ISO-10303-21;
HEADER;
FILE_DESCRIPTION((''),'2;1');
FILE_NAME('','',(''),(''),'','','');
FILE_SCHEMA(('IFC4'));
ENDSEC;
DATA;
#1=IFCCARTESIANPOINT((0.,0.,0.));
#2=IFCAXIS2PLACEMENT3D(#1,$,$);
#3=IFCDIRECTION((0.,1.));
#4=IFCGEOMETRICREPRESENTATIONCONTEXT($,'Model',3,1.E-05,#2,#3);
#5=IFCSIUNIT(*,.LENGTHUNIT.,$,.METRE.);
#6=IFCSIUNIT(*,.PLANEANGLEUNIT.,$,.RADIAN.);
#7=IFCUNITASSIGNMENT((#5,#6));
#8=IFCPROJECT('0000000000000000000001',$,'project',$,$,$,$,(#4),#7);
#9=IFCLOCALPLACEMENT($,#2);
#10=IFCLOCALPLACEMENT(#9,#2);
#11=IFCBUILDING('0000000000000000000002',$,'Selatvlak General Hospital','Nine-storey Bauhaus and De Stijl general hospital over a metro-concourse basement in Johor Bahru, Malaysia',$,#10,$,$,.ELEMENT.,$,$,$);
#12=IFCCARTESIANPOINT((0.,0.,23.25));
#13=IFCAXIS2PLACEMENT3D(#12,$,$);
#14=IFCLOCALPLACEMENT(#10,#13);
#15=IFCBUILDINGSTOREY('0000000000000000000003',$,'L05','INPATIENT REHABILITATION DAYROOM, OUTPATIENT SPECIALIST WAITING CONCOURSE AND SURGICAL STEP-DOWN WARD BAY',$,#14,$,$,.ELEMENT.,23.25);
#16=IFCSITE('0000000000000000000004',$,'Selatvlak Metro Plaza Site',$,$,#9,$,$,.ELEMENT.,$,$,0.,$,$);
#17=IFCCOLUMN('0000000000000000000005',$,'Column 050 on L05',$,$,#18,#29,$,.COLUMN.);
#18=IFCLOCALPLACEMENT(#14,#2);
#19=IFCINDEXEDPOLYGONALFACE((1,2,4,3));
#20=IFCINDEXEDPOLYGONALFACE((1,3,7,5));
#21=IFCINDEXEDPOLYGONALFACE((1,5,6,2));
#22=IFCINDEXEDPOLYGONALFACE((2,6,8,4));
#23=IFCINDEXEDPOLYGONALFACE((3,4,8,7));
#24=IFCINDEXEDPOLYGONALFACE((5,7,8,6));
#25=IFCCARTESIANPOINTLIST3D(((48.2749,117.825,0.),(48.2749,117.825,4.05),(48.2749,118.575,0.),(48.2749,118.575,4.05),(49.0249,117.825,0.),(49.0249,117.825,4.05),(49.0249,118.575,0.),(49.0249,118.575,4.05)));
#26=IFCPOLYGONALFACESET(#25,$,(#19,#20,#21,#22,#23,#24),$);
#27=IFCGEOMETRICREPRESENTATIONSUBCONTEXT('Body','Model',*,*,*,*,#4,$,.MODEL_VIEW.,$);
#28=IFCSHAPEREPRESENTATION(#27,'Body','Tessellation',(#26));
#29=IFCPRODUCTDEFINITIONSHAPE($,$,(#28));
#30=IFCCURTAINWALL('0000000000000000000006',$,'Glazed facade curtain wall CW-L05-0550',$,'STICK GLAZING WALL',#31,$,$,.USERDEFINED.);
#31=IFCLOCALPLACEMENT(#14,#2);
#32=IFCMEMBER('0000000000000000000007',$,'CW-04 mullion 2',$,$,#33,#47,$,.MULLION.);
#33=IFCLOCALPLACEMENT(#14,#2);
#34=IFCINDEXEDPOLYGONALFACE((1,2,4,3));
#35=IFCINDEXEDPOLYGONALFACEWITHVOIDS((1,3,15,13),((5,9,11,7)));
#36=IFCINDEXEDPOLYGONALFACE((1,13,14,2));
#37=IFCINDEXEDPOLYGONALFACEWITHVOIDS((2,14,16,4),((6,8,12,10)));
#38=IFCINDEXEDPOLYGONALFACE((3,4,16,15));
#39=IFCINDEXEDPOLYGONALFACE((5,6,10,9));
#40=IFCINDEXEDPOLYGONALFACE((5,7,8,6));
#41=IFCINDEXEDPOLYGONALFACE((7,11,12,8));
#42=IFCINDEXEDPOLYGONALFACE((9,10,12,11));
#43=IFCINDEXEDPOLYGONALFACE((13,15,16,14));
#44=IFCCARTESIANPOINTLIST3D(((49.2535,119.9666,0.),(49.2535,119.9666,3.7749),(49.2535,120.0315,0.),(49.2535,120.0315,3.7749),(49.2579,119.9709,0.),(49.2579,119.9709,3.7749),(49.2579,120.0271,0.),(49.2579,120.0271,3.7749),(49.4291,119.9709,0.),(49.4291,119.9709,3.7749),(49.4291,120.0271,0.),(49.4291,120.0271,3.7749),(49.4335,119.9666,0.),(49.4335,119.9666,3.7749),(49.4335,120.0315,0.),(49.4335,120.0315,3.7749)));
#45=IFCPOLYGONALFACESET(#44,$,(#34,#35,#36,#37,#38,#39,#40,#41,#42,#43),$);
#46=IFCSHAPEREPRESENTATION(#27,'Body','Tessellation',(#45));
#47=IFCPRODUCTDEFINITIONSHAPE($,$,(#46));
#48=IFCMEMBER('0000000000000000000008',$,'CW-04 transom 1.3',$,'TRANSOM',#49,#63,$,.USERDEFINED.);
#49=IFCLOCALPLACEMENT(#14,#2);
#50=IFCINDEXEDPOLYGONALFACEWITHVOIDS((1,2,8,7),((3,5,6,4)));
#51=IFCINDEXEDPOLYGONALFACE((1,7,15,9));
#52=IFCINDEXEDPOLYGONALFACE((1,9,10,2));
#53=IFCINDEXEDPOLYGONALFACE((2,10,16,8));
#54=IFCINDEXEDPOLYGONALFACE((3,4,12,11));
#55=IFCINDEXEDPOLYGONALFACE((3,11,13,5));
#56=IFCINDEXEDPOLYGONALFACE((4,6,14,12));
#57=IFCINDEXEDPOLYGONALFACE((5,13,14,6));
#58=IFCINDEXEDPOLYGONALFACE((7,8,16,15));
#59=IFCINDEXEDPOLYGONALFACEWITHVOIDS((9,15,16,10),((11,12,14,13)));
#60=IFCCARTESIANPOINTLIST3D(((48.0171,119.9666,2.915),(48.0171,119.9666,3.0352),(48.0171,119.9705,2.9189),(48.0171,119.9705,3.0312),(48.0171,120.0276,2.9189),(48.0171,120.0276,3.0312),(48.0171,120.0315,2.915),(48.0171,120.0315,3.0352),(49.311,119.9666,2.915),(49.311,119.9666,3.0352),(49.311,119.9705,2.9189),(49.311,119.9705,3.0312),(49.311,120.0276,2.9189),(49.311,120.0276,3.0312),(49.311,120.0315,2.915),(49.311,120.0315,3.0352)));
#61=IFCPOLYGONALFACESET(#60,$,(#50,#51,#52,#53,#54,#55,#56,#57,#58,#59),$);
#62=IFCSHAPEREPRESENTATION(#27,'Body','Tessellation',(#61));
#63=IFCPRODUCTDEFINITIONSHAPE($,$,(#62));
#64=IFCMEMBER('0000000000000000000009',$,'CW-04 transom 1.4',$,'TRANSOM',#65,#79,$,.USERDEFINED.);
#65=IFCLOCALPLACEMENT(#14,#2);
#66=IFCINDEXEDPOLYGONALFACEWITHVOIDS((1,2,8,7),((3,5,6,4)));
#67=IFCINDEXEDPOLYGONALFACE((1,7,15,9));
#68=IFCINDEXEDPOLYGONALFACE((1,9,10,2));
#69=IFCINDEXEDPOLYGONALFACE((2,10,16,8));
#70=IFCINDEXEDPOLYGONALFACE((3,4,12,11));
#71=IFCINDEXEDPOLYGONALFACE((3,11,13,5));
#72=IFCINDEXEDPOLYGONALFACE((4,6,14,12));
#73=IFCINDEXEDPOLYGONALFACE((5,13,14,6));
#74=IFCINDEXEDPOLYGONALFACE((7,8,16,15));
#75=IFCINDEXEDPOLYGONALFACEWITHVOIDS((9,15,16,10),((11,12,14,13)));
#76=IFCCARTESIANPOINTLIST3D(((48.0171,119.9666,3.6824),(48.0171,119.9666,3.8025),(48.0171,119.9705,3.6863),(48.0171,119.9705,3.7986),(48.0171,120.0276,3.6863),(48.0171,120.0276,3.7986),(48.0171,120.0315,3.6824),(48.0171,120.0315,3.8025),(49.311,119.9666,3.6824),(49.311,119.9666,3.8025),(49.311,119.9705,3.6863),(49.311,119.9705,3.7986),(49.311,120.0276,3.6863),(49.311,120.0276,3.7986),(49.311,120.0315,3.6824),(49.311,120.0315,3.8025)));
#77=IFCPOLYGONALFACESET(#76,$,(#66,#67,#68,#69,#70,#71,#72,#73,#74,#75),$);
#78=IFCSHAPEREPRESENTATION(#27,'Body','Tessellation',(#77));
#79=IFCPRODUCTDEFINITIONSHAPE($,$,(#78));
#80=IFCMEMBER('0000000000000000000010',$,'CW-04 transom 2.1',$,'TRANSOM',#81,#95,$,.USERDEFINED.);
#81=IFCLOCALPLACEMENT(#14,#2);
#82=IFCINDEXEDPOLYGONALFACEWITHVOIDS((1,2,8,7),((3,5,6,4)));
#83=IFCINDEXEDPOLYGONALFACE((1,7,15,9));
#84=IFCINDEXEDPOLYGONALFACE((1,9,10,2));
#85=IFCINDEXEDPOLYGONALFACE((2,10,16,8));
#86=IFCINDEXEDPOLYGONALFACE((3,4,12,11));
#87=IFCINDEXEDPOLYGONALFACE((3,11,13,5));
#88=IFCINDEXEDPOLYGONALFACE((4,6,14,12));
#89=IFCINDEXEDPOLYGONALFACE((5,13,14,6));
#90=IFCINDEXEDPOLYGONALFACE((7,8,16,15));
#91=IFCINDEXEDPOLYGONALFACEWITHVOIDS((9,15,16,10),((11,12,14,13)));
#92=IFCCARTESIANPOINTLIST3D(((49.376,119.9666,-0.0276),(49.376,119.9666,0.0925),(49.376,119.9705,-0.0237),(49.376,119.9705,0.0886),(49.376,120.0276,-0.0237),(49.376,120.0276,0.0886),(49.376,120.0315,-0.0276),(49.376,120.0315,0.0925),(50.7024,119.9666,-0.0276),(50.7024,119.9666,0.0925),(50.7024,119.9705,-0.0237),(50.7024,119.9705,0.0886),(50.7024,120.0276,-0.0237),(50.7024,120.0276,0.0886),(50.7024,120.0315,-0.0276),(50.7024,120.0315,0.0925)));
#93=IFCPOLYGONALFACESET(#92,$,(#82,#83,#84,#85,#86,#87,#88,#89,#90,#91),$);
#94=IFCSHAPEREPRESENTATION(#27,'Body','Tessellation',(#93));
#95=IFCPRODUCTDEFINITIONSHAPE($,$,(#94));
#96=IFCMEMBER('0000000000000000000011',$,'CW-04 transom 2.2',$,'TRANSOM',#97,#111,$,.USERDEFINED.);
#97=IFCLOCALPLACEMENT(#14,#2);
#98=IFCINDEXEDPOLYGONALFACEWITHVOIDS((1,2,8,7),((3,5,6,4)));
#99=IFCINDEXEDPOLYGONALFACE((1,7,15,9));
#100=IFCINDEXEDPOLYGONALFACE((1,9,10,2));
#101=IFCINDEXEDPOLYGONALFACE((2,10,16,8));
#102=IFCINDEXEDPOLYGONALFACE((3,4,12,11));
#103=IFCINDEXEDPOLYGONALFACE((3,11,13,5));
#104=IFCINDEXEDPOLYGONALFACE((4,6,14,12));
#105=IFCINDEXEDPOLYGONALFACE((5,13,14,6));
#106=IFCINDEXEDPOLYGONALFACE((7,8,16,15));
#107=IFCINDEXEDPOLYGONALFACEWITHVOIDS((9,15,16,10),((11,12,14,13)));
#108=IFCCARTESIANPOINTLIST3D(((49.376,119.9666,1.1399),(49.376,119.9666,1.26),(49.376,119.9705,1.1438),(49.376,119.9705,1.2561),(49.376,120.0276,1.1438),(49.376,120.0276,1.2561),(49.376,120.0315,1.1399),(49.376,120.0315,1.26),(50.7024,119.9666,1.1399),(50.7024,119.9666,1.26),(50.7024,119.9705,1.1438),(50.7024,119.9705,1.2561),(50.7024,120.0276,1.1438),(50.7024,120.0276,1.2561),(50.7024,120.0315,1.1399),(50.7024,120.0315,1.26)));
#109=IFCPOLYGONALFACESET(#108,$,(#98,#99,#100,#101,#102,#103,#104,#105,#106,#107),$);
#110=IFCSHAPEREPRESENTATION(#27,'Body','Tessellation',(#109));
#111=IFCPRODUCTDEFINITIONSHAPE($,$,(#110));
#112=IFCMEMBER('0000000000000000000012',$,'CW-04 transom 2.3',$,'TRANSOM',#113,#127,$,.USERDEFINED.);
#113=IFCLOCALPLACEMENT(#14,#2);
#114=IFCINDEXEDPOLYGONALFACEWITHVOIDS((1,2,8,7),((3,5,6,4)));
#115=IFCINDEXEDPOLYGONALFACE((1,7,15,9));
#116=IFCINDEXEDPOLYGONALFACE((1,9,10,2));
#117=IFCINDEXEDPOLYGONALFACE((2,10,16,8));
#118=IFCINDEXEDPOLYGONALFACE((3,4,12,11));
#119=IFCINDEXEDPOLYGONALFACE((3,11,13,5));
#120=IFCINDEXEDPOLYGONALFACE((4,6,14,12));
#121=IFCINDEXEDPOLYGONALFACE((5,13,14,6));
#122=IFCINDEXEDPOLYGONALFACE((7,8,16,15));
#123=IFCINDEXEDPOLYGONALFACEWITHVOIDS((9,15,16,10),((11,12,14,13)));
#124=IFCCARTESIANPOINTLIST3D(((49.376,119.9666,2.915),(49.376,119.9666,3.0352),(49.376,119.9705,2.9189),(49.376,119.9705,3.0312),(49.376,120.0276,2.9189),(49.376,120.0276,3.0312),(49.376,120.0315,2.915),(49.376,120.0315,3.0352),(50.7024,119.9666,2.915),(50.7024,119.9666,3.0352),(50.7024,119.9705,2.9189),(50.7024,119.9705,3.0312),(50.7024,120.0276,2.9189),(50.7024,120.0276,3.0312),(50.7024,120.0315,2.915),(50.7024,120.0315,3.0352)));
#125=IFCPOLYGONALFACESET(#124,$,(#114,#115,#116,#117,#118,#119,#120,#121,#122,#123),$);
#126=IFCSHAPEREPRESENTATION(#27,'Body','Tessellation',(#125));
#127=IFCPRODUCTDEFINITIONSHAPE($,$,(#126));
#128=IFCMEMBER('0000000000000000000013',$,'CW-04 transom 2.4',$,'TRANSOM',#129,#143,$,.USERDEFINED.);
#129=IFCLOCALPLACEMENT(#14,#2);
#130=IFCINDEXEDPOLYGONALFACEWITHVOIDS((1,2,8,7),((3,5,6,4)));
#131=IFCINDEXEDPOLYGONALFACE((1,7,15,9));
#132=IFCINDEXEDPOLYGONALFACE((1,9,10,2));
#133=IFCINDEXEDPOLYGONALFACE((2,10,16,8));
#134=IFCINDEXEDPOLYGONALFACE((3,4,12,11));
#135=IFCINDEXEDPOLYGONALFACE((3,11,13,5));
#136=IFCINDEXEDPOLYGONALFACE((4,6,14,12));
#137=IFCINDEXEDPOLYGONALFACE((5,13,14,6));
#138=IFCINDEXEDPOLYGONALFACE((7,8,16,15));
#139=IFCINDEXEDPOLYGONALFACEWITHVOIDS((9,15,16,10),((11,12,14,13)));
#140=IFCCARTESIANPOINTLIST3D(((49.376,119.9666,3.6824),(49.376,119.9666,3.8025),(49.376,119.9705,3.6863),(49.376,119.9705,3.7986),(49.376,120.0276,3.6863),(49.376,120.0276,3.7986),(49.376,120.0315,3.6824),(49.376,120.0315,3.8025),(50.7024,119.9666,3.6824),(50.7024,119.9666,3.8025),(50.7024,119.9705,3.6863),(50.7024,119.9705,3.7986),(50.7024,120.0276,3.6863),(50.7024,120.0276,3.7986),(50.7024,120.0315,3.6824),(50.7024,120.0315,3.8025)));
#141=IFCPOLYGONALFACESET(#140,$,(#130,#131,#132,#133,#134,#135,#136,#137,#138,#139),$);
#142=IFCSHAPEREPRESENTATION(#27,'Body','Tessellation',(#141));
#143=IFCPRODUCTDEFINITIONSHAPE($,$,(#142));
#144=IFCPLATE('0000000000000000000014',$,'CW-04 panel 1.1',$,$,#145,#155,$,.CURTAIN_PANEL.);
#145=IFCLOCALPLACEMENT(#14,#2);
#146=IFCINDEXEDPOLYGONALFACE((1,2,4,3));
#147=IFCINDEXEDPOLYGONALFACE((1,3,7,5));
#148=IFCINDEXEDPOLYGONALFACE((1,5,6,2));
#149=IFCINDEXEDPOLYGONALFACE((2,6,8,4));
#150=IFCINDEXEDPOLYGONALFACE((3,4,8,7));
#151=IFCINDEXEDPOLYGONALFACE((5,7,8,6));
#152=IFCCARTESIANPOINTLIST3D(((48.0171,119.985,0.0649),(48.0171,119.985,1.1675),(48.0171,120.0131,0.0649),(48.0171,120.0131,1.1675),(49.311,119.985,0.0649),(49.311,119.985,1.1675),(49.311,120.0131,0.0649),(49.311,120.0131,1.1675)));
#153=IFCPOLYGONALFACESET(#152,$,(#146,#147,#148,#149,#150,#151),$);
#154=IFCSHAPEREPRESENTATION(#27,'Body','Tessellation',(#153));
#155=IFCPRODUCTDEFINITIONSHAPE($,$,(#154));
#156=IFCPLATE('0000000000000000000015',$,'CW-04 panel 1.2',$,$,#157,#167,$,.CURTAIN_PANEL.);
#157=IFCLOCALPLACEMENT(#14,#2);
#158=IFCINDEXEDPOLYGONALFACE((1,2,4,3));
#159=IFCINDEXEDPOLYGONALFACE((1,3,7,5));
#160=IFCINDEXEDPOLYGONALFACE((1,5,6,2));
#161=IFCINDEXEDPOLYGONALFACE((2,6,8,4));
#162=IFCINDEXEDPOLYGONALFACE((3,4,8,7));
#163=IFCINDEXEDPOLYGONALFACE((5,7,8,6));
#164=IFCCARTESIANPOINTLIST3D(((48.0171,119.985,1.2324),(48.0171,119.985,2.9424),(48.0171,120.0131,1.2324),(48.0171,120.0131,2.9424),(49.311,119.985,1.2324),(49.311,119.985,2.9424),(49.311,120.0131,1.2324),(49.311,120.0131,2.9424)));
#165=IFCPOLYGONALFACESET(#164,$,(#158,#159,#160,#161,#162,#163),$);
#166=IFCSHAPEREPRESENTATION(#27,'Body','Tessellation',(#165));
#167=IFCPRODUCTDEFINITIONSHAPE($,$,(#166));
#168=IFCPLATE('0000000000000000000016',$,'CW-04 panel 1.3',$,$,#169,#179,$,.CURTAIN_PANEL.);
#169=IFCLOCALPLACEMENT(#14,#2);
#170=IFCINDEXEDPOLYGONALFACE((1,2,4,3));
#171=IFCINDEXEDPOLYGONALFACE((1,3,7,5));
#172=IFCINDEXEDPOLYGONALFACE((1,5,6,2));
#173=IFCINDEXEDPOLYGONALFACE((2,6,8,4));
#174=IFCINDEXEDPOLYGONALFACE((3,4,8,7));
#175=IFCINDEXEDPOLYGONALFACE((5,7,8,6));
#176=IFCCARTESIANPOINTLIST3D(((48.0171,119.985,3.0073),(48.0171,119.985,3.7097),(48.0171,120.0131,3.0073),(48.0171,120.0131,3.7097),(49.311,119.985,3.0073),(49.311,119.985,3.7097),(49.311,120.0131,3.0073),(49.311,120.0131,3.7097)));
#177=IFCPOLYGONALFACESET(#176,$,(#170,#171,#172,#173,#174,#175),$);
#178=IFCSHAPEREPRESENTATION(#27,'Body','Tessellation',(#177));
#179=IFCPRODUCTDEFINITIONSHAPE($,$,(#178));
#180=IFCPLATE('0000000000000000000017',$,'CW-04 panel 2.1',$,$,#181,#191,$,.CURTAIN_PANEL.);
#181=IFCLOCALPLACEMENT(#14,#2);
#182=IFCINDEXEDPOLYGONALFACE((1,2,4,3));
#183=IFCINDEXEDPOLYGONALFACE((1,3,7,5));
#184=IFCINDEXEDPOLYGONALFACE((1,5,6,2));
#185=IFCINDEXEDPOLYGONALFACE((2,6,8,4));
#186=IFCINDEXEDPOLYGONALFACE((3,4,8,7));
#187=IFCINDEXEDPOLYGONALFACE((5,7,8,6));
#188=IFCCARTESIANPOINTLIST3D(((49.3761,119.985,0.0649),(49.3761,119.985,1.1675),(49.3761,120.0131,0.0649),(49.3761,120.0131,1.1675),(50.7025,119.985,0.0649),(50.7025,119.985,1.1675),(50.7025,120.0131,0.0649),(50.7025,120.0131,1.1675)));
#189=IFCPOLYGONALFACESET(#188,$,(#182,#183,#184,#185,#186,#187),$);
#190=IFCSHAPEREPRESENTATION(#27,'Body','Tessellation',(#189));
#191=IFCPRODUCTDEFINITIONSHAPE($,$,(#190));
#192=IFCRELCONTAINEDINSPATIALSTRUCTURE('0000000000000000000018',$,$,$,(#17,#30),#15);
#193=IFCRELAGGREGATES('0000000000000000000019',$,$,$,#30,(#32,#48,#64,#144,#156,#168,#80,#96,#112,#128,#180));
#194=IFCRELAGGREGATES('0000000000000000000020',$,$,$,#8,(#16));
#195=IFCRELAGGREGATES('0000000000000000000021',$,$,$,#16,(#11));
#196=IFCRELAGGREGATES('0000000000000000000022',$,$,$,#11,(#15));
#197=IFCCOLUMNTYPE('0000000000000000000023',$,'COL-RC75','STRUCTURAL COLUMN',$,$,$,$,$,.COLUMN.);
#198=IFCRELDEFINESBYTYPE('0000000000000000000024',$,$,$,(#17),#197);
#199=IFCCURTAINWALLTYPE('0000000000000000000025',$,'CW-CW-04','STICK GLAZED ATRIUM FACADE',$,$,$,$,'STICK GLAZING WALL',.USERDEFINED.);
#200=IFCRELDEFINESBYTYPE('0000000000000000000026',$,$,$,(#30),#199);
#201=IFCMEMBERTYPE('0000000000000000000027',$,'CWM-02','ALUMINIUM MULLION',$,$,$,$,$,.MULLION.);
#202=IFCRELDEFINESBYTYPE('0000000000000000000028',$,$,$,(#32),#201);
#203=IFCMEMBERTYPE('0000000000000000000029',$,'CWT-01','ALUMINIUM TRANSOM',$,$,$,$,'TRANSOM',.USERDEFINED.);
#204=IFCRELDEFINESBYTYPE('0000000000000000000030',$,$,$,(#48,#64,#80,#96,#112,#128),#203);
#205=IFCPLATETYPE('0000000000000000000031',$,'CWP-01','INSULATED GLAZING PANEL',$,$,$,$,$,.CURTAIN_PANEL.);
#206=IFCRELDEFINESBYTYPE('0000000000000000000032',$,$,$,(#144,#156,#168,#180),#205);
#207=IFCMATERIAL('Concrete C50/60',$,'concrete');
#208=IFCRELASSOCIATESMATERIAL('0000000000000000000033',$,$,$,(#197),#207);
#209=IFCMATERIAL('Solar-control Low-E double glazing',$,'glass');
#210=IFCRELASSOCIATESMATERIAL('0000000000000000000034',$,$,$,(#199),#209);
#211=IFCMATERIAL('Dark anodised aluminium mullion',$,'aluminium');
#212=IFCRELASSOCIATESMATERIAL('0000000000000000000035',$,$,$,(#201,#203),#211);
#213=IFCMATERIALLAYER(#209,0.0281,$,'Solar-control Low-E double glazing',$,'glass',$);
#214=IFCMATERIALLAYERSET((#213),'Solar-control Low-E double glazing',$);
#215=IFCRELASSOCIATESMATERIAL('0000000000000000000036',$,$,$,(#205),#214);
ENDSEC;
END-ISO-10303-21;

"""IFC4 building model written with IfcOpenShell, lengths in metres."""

from ifc_helpers import new_model, si_unit, direction, frame, origin, origin_2d, place, context, subcontext, project, spatial, rectangle, hollow_rectangle, extrude, material, layer, layer_set, material_profile, profile_set, type_object, element, aggregate, save


model = new_model("IFC4")

# Units and contexts
model_context = context("Model", 3, precision=1e-05, world=origin(), true_north=direction((0.0, 1.0)))
body_context = subcontext(model_context, "Body", "Model", "MODEL_VIEW")
ifc_project = project(units=[si_unit("LENGTHUNIT", "METRE"), si_unit("PLANEANGLEUNIT", "RADIAN")], contexts=[model_context])

# Site, building, storey
site_placement = place(None, origin())
site = spatial("IfcSite", under=ifc_project, at=site_placement, Name="Selatvlak Metro Plaza Site", CompositionType="ELEMENT", RefElevation=0.0)
building_placement = place(site_placement, origin())
building = spatial("IfcBuilding", under=site, at=building_placement, Name="Selatvlak General Hospital", Description="Nine-storey Bauhaus and De Stijl general hospital over a metro-concourse basement in Johor Bahru, Malaysia", CompositionType="ELEMENT")
storey_placement = place(building_placement, frame((0.0, 0.0, 23.25)))
storey = spatial("IfcBuildingStorey", under=building, at=storey_placement, Name="L05", Description="INPATIENT REHABILITATION DAYROOM, OUTPATIENT SPECIALIST WAITING CONCOURSE AND SURGICAL STEP-DOWN WARD BAY", CompositionType="ELEMENT", Elevation=23.25)

# Column
ifc_material_1 = material(Name="Concrete C50/60", Category="concrete")
ifc_material_profile_1 = material_profile(ifc_material_1, rectangle(XDim=0.75, YDim=0.75, at=origin_2d()), Name="RC-COL 750x750")
ifc_profile_set_1 = profile_set([ifc_material_profile_1], Name="Concrete C50/60")
column_type = type_object("IfcColumnType", Name="COL-RC75", Description="STRUCTURAL COLUMN", PredefinedType="COLUMN", material=ifc_profile_set_1)
column_placement = place(storey_placement, frame((48.6499, 118.2, 0.0), z_axis=(0.0, 0.0, 1.0), x_axis=(1.0, 0.0, 0.0)))
element("IfcColumn", 1, at=column_placement, inside=storey, type_object=column_type, Name="Column 050 on L05", PredefinedType="COLUMN", context=body_context, shape_type="SweptSolid", body=[
    extrude(rectangle(XDim=0.75, YDim=0.75, at=origin_2d()), origin(), (0.0, 0.0, 1.0), 4.05),
])

# Curtain wall, members, plates
ifc_material_2 = material(Name="Solar-control Low-E double glazing", Category="glass")
curtain_wall_type = type_object("IfcCurtainWallType", Name="CW-CW-04", Description="STICK GLAZED ATRIUM FACADE", ElementType="STICK GLAZING WALL", PredefinedType="USERDEFINED", material=ifc_material_2)
curtain_wall_placement = place(storey_placement, origin())
curtain_wall = element("IfcCurtainWall", 2, at=curtain_wall_placement, inside=storey, type_object=curtain_wall_type, Name="Glazed facade curtain wall CW-L05-0550", ObjectType="STICK GLAZING WALL", PredefinedType="USERDEFINED")
ifc_material_3 = material(Name="Dark anodised aluminium mullion", Category="aluminium")
ifc_material_profile_2 = material_profile(ifc_material_3, hollow_rectangle(XDim=0.0649, YDim=0.1799, WallThickness=0.0044, at=origin_2d()), Name="AL-MUL 65x180x4.5")
ifc_profile_set_2 = profile_set([ifc_material_profile_2], Name="Dark anodised aluminium mullion")
member_type_1 = type_object("IfcMemberType", Name="CWM-02", Description="ALUMINIUM MULLION", PredefinedType="MULLION", material=ifc_profile_set_2)
member_1_placement = place(storey_placement, frame((49.3435, 119.999, 0.0), z_axis=(0.0, 0.0, 1.0), x_axis=(0.0, 1.0, 0.0)))
member_1 = element("IfcMember", 3, at=member_1_placement, type_object=member_type_1, Name="CW-04 mullion 2", PredefinedType="MULLION", context=body_context, shape_type="SweptSolid", body=[
    extrude(hollow_rectangle(XDim=0.0649, YDim=0.1799, WallThickness=0.0044, at=origin_2d()), origin(), (0.0, 0.0, 1.0), 3.7749),
])
ifc_material_profile_3 = material_profile(ifc_material_3, hollow_rectangle(XDim=0.0649, YDim=0.1201, WallThickness=0.0039, at=origin_2d()), Name="AL-TRN 65x120x4")
ifc_profile_set_3 = profile_set([ifc_material_profile_3], Name="Dark anodised aluminium mullion")
member_type_2 = type_object("IfcMemberType", Name="CWT-01", Description="ALUMINIUM TRANSOM", ElementType="TRANSOM", PredefinedType="USERDEFINED", material=ifc_profile_set_3)
member_2_placement = place(storey_placement, frame((48.0171, 119.999, 2.9751), z_axis=(1.0, 0.0, 0.0), x_axis=(0.0, 1.0, 0.0)))
member_2 = element("IfcMember", 4, at=member_2_placement, type_object=member_type_2, Name="CW-04 transom 1.3", ObjectType="TRANSOM", PredefinedType="USERDEFINED", context=body_context, shape_type="SweptSolid", body=[
    extrude(hollow_rectangle(XDim=0.0649, YDim=0.1201, WallThickness=0.0039, at=origin_2d()), origin(), (0.0, 0.0, 1.0), 1.2939),
])
member_3_placement = place(storey_placement, frame((48.0171, 119.999, 3.7424), z_axis=(1.0, 0.0, 0.0), x_axis=(0.0, 1.0, 0.0)))
member_3 = element("IfcMember", 5, at=member_3_placement, type_object=member_type_2, Name="CW-04 transom 1.4", ObjectType="TRANSOM", PredefinedType="USERDEFINED", context=body_context, shape_type="SweptSolid", body=[
    extrude(hollow_rectangle(XDim=0.0649, YDim=0.1201, WallThickness=0.0039, at=origin_2d()), origin(), (0.0, 0.0, 1.0), 1.2939),
])
member_4_placement = place(storey_placement, frame((49.376, 119.999, 0.0325), z_axis=(1.0, 0.0, 0.0), x_axis=(0.0, 1.0, 0.0)))
member_4 = element("IfcMember", 6, at=member_4_placement, type_object=member_type_2, Name="CW-04 transom 2.1", ObjectType="TRANSOM", PredefinedType="USERDEFINED", context=body_context, shape_type="SweptSolid", body=[
    extrude(hollow_rectangle(XDim=0.0649, YDim=0.1201, WallThickness=0.0039, at=origin_2d()), origin(), (0.0, 0.0, 1.0), 1.3264),
])
member_5_placement = place(storey_placement, frame((49.376, 119.999, 1.2), z_axis=(1.0, 0.0, 0.0), x_axis=(0.0, 1.0, 0.0)))
member_5 = element("IfcMember", 7, at=member_5_placement, type_object=member_type_2, Name="CW-04 transom 2.2", ObjectType="TRANSOM", PredefinedType="USERDEFINED", context=body_context, shape_type="SweptSolid", body=[
    extrude(hollow_rectangle(XDim=0.0649, YDim=0.1201, WallThickness=0.0039, at=origin_2d()), origin(), (0.0, 0.0, 1.0), 1.3264),
])
member_6_placement = place(storey_placement, frame((49.376, 119.999, 2.9751), z_axis=(1.0, 0.0, 0.0), x_axis=(0.0, 1.0, 0.0)))
member_6 = element("IfcMember", 8, at=member_6_placement, type_object=member_type_2, Name="CW-04 transom 2.3", ObjectType="TRANSOM", PredefinedType="USERDEFINED", context=body_context, shape_type="SweptSolid", body=[
    extrude(hollow_rectangle(XDim=0.0649, YDim=0.1201, WallThickness=0.0039, at=origin_2d()), origin(), (0.0, 0.0, 1.0), 1.3264),
])
member_7_placement = place(storey_placement, frame((49.376, 119.999, 3.7424), z_axis=(1.0, 0.0, 0.0), x_axis=(0.0, 1.0, 0.0)))
member_7 = element("IfcMember", 9, at=member_7_placement, type_object=member_type_2, Name="CW-04 transom 2.4", ObjectType="TRANSOM", PredefinedType="USERDEFINED", context=body_context, shape_type="SweptSolid", body=[
    extrude(hollow_rectangle(XDim=0.0649, YDim=0.1201, WallThickness=0.0039, at=origin_2d()), origin(), (0.0, 0.0, 1.0), 1.3264),
])
ifc_layer_1 = layer(ifc_material_2, 0.0281, Name="Solar-control Low-E double glazing", Category="glass")
ifc_layer_set_1 = layer_set([ifc_layer_1], Name="Solar-control Low-E double glazing")
plate_type = type_object("IfcPlateType", Name="CWP-01", Description="INSULATED GLAZING PANEL", PredefinedType="CURTAIN_PANEL", material=ifc_layer_set_1)
plate_1_placement = place(storey_placement, frame((48.6641, 119.999, 0.0649), z_axis=(0.0, 0.0, 1.0), x_axis=(1.0, 0.0, 0.0)))
plate_1 = element("IfcPlate", 10, at=plate_1_placement, type_object=plate_type, Name="CW-04 panel 1.1", PredefinedType="CURTAIN_PANEL", context=body_context, shape_type="SweptSolid", body=[
    extrude(rectangle(XDim=1.2939, YDim=0.0281, at=origin_2d()), origin(), (0.0, 0.0, 1.0), 1.1025),
])
plate_2_placement = place(storey_placement, frame((48.6641, 119.999, 1.2324), z_axis=(0.0, 0.0, 1.0), x_axis=(1.0, 0.0, 0.0)))
plate_2 = element("IfcPlate", 11, at=plate_2_placement, type_object=plate_type, Name="CW-04 panel 1.2", PredefinedType="CURTAIN_PANEL", context=body_context, shape_type="SweptSolid", body=[
    extrude(rectangle(XDim=1.2939, YDim=0.0281, at=origin_2d()), origin(), (0.0, 0.0, 1.0), 1.71),
])
plate_3_placement = place(storey_placement, frame((48.6641, 119.999, 3.0073), z_axis=(0.0, 0.0, 1.0), x_axis=(1.0, 0.0, 0.0)))
plate_3 = element("IfcPlate", 12, at=plate_3_placement, type_object=plate_type, Name="CW-04 panel 1.3", PredefinedType="CURTAIN_PANEL", context=body_context, shape_type="SweptSolid", body=[
    extrude(rectangle(XDim=1.2939, YDim=0.0281, at=origin_2d()), origin(), (0.0, 0.0, 1.0), 0.7024),
])
plate_4_placement = place(storey_placement, frame((50.0393, 119.999, 0.0649), z_axis=(0.0, 0.0, 1.0), x_axis=(1.0, 0.0, 0.0)))
plate_4 = element("IfcPlate", 13, at=plate_4_placement, type_object=plate_type, Name="CW-04 panel 2.1", PredefinedType="CURTAIN_PANEL", context=body_context, shape_type="SweptSolid", body=[
    extrude(rectangle(XDim=1.3264, YDim=0.0281, at=origin_2d()), origin(), (0.0, 0.0, 1.0), 1.1025),
])
aggregate(curtain_wall, [member_1, member_2, member_3, plate_1, plate_2, plate_3, member_4, member_5, member_6, member_7, plate_4])

save(model, "model.ifc")
